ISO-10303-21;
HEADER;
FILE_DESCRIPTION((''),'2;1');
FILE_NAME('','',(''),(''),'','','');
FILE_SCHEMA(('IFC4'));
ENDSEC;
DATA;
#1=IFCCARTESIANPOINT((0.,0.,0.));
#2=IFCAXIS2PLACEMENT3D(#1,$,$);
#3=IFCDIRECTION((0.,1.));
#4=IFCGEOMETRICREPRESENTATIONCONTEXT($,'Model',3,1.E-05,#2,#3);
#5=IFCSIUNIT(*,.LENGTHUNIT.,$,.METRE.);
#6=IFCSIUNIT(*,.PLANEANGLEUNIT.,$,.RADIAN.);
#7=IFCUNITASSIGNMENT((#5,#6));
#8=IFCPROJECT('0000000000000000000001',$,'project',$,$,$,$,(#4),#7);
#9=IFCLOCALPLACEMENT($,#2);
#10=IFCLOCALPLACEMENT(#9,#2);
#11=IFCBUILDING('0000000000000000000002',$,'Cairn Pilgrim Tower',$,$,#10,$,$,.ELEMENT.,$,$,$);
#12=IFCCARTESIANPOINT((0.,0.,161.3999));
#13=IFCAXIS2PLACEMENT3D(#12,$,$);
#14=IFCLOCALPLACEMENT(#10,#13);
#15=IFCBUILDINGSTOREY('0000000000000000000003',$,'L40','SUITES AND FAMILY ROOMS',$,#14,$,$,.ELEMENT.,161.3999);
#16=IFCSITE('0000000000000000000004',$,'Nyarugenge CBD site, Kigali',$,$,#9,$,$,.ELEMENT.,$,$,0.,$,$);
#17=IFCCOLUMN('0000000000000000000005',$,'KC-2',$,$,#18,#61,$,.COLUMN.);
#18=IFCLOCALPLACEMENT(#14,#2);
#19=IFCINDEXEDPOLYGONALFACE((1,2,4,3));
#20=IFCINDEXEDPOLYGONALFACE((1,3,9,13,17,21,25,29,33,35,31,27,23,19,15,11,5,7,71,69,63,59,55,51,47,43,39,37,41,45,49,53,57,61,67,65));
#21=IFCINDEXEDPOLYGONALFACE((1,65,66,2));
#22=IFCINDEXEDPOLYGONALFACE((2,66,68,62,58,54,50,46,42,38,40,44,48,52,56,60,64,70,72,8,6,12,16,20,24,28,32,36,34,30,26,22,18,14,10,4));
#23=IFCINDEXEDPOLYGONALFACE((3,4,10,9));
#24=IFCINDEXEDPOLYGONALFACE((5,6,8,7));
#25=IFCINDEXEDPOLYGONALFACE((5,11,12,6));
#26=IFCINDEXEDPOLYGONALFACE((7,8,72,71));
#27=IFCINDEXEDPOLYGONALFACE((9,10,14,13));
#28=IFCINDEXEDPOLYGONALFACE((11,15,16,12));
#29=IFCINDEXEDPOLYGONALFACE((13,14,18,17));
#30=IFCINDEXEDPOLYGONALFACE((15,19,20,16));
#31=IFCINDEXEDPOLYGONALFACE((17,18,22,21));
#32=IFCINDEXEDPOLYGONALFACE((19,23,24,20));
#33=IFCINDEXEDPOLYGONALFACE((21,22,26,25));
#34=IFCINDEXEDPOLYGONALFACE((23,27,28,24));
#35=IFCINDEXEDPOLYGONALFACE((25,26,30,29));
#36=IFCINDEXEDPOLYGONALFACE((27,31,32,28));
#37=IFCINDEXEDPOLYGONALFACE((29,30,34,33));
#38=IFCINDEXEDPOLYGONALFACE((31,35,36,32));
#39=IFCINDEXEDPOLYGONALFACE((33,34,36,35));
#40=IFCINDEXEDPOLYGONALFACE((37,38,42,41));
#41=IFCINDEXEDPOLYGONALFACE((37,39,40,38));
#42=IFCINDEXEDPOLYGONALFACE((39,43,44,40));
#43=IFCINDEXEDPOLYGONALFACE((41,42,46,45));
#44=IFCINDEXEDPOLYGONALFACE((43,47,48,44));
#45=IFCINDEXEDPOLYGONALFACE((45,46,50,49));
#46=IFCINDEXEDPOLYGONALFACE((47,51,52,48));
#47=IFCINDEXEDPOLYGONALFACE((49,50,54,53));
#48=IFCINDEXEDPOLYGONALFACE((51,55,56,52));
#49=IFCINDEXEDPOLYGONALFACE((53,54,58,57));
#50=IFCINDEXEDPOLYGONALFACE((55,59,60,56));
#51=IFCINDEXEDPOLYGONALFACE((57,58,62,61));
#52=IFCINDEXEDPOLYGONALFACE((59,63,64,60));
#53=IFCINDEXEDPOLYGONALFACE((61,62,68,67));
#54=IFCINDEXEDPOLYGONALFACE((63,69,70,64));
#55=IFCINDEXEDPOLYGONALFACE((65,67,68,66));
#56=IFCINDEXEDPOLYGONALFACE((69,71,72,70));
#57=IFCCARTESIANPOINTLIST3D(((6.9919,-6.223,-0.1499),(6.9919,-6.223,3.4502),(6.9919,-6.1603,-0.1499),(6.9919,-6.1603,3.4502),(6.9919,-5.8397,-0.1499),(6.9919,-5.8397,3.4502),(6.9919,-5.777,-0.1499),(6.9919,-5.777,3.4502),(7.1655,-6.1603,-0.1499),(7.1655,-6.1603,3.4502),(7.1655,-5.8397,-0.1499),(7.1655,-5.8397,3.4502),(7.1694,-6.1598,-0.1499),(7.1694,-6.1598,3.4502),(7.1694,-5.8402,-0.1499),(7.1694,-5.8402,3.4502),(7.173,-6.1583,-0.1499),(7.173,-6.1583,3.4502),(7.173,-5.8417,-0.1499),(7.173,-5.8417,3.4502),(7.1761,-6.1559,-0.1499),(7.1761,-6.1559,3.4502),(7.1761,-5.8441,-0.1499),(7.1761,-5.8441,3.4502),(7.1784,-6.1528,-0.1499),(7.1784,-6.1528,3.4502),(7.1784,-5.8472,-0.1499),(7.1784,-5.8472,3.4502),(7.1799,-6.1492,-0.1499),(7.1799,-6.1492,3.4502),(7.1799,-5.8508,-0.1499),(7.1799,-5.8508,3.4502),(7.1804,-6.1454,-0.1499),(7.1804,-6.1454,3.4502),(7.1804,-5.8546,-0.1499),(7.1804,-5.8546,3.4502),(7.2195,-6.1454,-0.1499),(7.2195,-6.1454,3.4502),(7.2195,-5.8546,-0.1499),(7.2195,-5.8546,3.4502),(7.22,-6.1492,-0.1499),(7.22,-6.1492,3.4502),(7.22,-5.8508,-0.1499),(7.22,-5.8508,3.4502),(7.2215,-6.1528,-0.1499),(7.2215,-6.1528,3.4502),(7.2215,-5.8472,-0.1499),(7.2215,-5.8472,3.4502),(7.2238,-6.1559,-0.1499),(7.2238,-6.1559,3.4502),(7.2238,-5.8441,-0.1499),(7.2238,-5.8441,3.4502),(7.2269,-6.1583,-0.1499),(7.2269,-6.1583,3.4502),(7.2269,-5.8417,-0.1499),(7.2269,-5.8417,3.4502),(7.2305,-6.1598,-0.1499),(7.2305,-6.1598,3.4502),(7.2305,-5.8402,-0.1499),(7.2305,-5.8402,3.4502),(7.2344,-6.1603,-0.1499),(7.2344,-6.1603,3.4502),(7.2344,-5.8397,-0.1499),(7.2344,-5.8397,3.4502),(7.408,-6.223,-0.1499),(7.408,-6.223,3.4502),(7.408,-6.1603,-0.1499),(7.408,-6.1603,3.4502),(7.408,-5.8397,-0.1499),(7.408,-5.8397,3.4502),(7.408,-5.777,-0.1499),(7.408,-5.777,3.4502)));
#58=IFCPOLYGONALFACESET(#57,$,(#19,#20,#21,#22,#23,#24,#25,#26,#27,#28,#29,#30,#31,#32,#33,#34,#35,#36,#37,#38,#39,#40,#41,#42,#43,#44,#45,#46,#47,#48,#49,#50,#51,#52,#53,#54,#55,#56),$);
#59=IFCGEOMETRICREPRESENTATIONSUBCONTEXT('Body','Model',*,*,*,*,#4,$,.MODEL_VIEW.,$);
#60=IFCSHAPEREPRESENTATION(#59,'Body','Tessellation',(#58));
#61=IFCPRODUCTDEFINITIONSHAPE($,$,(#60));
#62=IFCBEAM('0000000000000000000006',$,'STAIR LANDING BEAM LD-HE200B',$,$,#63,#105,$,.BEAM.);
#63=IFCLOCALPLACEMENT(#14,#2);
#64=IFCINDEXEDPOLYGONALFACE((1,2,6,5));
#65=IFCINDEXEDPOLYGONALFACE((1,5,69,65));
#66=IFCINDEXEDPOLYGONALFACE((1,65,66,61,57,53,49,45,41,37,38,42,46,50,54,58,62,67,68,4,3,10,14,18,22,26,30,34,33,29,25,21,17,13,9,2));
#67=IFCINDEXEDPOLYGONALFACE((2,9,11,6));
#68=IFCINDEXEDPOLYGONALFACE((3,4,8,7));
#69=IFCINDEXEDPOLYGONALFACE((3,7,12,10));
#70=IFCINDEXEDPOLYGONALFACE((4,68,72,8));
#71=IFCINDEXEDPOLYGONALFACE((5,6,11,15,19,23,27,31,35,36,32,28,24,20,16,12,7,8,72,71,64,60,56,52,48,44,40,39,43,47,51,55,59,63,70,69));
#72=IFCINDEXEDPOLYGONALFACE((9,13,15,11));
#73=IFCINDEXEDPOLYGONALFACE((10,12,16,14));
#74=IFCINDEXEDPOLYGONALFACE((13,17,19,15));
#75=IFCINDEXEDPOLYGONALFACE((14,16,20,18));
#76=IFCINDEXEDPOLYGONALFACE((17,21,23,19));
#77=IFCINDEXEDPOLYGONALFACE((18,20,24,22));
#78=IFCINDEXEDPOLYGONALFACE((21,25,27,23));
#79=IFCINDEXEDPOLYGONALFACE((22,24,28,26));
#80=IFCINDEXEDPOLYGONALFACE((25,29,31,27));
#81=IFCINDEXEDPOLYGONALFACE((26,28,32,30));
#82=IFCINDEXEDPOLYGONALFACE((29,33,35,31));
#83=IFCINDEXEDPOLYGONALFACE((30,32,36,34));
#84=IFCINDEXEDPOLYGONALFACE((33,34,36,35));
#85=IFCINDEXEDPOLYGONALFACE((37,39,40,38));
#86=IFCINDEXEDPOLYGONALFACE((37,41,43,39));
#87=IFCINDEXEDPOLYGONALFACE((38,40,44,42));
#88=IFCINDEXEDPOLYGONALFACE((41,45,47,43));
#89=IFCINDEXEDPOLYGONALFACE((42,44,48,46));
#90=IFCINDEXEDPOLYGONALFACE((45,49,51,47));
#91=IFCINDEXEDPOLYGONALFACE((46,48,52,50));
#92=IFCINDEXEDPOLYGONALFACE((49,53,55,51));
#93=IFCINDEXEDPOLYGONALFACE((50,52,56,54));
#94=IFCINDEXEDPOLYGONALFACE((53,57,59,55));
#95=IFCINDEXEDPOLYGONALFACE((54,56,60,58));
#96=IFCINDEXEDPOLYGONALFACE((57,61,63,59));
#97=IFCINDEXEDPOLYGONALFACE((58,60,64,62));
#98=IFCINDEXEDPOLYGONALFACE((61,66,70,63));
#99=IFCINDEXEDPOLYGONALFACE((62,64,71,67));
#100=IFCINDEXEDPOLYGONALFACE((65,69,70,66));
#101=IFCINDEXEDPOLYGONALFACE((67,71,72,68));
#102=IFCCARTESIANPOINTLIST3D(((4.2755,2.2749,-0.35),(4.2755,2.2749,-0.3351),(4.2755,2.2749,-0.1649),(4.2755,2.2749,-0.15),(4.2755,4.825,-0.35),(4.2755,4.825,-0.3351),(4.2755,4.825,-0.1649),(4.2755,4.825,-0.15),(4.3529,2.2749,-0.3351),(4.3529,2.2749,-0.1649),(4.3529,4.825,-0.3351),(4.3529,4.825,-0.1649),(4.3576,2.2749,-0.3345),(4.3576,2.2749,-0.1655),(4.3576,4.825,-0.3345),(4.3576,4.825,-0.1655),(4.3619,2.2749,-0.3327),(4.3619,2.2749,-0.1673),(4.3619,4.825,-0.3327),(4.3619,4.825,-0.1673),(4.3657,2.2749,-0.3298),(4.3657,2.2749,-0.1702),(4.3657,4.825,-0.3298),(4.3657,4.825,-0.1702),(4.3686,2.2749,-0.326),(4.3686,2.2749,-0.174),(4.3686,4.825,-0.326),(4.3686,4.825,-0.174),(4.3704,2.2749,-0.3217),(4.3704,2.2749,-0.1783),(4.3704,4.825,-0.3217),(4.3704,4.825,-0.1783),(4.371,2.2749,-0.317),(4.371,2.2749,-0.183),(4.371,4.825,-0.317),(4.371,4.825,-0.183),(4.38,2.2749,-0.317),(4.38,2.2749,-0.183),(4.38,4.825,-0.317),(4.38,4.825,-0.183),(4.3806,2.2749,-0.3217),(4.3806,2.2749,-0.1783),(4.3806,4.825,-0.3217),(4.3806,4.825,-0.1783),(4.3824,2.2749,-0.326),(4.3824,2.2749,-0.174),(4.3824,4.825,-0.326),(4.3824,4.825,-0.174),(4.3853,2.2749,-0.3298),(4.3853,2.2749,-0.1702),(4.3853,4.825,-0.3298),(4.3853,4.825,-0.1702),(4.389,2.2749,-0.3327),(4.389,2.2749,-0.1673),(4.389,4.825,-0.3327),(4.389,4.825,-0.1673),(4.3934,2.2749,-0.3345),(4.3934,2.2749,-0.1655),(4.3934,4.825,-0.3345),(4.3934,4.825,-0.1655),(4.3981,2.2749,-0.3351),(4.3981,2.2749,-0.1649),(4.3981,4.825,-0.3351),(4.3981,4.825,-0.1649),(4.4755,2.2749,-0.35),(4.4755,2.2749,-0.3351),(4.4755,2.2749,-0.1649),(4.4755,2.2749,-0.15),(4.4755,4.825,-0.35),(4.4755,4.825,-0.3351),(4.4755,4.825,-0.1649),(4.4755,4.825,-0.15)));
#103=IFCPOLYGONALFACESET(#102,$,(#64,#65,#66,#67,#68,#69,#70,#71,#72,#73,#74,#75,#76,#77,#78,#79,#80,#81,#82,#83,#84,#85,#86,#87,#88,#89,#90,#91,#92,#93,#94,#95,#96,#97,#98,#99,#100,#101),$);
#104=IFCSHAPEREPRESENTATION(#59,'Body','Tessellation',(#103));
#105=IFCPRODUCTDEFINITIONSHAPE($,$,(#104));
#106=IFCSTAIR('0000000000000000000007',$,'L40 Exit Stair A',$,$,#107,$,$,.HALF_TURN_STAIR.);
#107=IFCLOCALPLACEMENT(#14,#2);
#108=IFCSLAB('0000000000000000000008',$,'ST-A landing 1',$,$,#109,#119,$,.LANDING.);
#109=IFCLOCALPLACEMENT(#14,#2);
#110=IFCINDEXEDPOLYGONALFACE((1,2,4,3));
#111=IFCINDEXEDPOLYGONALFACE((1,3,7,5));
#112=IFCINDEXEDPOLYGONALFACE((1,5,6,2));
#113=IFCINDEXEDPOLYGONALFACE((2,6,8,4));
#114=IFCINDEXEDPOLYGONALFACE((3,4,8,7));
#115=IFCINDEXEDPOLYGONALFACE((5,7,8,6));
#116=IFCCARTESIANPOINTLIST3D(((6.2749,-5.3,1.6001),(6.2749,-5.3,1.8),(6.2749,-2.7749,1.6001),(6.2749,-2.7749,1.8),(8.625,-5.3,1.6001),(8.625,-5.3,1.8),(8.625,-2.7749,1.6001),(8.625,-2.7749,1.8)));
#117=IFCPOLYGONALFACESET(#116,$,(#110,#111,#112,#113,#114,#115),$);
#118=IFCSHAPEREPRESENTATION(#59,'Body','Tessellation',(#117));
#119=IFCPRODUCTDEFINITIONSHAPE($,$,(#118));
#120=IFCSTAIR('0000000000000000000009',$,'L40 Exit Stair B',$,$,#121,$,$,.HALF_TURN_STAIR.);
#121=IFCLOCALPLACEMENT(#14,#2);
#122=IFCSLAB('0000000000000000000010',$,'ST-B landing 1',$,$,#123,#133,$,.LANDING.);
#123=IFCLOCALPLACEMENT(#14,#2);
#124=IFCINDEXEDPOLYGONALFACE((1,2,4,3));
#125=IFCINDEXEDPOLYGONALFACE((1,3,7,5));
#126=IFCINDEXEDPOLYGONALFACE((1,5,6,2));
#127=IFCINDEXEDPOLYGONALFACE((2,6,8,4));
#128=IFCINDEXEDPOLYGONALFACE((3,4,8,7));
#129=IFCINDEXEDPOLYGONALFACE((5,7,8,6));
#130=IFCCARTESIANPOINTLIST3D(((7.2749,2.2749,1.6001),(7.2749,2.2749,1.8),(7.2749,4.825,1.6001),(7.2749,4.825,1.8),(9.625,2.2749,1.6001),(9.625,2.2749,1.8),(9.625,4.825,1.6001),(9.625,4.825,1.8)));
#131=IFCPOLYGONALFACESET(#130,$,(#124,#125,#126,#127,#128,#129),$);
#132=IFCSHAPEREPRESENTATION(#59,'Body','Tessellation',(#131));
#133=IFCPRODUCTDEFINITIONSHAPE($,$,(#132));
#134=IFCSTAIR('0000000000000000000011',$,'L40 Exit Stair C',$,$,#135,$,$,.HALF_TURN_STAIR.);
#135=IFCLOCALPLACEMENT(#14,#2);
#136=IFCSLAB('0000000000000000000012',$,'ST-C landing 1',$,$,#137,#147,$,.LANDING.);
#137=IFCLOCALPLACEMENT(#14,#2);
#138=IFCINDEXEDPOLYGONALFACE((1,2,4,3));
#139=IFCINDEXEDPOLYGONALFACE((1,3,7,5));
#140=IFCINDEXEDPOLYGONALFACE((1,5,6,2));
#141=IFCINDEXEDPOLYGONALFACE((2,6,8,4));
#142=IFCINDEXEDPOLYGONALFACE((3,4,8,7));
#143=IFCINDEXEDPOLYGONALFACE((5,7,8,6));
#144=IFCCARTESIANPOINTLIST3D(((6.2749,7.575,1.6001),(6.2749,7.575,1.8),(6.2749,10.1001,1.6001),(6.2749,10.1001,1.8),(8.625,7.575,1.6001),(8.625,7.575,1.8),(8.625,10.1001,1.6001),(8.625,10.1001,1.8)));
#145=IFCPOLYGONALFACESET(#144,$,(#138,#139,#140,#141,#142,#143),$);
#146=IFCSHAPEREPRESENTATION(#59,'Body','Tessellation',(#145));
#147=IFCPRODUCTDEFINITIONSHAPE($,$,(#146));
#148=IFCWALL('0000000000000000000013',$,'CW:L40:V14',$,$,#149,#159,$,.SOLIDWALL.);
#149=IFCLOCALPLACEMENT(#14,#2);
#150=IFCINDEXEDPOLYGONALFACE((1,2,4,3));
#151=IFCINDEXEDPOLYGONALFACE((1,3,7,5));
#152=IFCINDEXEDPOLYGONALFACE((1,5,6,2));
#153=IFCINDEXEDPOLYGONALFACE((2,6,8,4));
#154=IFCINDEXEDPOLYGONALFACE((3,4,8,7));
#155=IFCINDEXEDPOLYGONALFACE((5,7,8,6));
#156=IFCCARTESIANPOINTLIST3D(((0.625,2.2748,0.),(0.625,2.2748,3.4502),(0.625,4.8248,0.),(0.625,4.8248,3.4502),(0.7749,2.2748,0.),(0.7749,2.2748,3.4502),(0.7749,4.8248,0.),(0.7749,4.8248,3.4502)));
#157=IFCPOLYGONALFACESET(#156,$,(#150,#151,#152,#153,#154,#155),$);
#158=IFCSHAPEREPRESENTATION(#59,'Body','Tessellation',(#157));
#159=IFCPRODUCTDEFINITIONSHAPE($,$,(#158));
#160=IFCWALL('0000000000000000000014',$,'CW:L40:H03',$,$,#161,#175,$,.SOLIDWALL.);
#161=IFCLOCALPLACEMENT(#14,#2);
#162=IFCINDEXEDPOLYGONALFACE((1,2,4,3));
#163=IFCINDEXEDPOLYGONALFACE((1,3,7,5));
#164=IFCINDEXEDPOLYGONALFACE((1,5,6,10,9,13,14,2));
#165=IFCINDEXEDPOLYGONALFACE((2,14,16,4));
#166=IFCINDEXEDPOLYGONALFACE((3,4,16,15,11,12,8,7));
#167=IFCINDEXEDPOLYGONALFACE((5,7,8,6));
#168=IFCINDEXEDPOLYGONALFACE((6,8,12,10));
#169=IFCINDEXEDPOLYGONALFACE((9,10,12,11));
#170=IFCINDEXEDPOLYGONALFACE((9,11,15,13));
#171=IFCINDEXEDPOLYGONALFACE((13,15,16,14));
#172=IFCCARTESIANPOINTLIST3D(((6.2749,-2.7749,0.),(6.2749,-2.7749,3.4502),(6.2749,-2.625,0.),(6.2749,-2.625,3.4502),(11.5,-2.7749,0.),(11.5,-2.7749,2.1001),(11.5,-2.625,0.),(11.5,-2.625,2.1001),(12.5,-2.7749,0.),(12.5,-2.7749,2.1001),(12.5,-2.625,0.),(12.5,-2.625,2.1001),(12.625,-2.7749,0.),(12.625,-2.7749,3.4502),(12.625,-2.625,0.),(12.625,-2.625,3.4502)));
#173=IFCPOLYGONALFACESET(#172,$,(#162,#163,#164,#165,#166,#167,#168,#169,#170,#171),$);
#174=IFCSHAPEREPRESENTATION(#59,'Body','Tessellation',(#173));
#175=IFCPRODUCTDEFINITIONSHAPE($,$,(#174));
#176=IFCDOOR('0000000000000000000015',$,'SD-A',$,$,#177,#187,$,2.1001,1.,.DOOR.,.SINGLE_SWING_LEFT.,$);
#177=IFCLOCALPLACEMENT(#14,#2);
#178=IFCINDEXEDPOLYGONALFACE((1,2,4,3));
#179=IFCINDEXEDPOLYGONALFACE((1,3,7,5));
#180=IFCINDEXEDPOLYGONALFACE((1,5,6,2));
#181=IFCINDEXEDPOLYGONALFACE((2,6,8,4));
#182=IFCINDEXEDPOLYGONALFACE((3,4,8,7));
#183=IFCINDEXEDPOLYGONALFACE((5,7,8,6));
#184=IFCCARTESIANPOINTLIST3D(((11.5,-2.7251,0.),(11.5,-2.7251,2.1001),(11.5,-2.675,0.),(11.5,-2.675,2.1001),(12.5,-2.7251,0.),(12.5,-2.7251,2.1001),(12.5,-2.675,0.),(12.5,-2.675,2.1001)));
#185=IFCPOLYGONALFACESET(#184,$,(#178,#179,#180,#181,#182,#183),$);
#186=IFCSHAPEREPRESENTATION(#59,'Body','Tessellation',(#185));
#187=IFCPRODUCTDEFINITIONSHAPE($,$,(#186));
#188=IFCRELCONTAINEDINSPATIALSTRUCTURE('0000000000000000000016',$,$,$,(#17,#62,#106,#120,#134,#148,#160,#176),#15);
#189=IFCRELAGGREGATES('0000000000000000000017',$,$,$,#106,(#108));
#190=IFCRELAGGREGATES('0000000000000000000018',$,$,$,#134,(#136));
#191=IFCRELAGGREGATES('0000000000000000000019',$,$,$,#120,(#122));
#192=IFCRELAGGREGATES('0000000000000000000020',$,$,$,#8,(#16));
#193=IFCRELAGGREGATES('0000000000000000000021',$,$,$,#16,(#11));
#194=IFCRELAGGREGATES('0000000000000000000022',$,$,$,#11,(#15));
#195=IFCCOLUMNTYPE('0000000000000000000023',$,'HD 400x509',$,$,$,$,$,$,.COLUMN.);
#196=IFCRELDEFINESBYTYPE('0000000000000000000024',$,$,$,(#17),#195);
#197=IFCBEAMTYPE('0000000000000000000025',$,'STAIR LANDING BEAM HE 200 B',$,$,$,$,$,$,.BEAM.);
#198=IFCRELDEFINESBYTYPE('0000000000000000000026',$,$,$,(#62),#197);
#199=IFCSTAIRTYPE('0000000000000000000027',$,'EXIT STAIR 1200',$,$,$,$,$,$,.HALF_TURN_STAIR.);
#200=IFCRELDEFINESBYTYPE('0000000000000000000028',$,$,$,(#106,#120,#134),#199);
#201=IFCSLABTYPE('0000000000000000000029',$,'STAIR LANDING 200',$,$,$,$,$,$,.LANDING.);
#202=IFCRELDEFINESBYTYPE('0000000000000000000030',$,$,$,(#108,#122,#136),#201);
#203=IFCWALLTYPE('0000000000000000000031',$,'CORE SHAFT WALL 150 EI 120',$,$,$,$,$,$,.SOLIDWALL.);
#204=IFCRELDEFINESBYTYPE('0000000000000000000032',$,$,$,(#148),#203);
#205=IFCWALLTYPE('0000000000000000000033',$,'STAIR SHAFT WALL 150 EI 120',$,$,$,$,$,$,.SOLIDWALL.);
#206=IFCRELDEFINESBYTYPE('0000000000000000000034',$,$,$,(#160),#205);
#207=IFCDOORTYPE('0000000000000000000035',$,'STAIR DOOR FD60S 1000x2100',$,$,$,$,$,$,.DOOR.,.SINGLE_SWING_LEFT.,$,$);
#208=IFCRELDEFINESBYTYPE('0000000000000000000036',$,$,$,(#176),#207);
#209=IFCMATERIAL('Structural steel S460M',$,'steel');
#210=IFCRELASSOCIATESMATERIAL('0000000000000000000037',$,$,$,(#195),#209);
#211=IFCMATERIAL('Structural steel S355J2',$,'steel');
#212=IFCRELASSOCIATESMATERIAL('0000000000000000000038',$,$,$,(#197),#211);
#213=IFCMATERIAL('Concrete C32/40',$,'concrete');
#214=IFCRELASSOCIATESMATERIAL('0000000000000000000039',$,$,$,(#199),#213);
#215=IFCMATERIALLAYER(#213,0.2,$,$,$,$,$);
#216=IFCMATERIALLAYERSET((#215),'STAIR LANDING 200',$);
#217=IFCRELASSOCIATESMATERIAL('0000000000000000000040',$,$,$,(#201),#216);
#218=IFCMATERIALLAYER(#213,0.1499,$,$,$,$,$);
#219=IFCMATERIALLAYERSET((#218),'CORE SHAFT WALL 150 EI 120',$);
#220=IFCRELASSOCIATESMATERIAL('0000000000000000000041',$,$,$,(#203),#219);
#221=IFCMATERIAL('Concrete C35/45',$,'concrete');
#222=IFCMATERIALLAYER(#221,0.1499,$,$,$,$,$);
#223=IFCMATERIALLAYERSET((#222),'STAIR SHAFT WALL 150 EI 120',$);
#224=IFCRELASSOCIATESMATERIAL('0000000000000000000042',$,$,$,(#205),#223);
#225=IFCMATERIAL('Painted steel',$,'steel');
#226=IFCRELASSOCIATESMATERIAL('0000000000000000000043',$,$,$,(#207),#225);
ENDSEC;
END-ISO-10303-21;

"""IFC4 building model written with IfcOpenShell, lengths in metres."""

from ifc_helpers import new_model, si_unit, direction, frame, frame_2d, origin, origin_2d, place, context, subcontext, project, spatial, polyline, rectangle, i_section, outline, extrude, material, layer, layer_set, material_profile, profile_set, type_object, element, fill, aggregate, save


model = new_model("IFC4")

# Units and contexts
model_context = context("Model", 3, precision=1e-05, world=origin(), true_north=direction((0.0, 1.0)))
body_context = subcontext(model_context, "Body", "Model", "MODEL_VIEW")
ifc_project = project(units=[si_unit("LENGTHUNIT", "METRE"), si_unit("PLANEANGLEUNIT", "RADIAN")], contexts=[model_context])

# Site, building, storey
site_placement = place(None, origin())
site = spatial("IfcSite", under=ifc_project, at=site_placement, Name="Nyarugenge CBD site, Kigali", CompositionType="ELEMENT", RefElevation=0.0)
building_placement = place(site_placement, origin())
building = spatial("IfcBuilding", under=site, at=building_placement, Name="Cairn Pilgrim Tower", CompositionType="ELEMENT")
storey_placement = place(building_placement, frame((0.0, 0.0, 161.3999)))
storey = spatial("IfcBuildingStorey", under=building, at=storey_placement, Name="L40", Description="SUITES AND FAMILY ROOMS", CompositionType="ELEMENT", Elevation=161.3999)

# Column
ifc_material_1 = material(Name="Structural steel S460M", Category="steel")
ifc_material_profile_1 = material_profile(ifc_material_1, i_section(OverallWidth=0.416, OverallDepth=0.446, WebThickness=0.0391, FlangeThickness=0.0627, FilletRadius=0.0149, at=origin_2d()), Name="HD 400x509")
ifc_profile_set_1 = profile_set([ifc_material_profile_1], Name="Structural steel S460M")
column_type = type_object("IfcColumnType", Name="HD 400x509", PredefinedType="COLUMN", material=ifc_profile_set_1)
column_placement = place(storey_placement, frame((7.2, -6.0, -0.1499), z_axis=(0.0, 0.0, 1.0), x_axis=(1.0, 0.0, 0.0)))
element("IfcColumn", 1, at=column_placement, inside=storey, type_object=column_type, Name="KC-2", PredefinedType="COLUMN", context=body_context, shape_type="SweptSolid", body=[
    extrude(i_section(OverallWidth=0.416, OverallDepth=0.446, WebThickness=0.0391, FlangeThickness=0.0627, FilletRadius=0.0149, at=origin_2d()), origin(), (0.0, 0.0, 1.0), 3.6001),
])

# Beam
ifc_material_2 = material(Name="Structural steel S355J2", Category="steel")
ifc_material_profile_2 = material_profile(ifc_material_2, i_section(OverallWidth=0.2, OverallDepth=0.2, WebThickness=0.009, FlangeThickness=0.0149, FilletRadius=0.0181, at=origin_2d()), Name="HE 200 B")
ifc_profile_set_2 = profile_set([ifc_material_profile_2], Name="Structural steel S355J2")
beam_type = type_object("IfcBeamType", Name="STAIR LANDING BEAM HE 200 B", PredefinedType="BEAM", material=ifc_profile_set_2)
beam_placement = place(storey_placement, frame((4.3755, 2.2749, -0.25), z_axis=(0.0, 1.0, 0.0), x_axis=(-1.0, 0.0, 0.0)))
element("IfcBeam", 2, at=beam_placement, inside=storey, type_object=beam_type, Name="STAIR LANDING BEAM LD-HE200B", PredefinedType="BEAM", context=body_context, shape_type="SweptSolid", body=[
    extrude(i_section(OverallWidth=0.2, OverallDepth=0.2, WebThickness=0.009, FlangeThickness=0.0149, FilletRadius=0.0181, at=origin_2d()), origin(), (0.0, 0.0, 1.0), 2.55),
])

# Stairs, slabs
ifc_material_3 = material(Name="Concrete C32/40", Category="concrete")
stair_type = type_object("IfcStairType", Name="EXIT STAIR 1200", PredefinedType="HALF_TURN_STAIR", material=ifc_material_3)
stair_1_placement = place(storey_placement, origin())
stair_1 = element("IfcStair", 3, at=stair_1_placement, inside=storey, type_object=stair_type, Name="L40 Exit Stair A", PredefinedType="HALF_TURN_STAIR")
ifc_layer_1 = layer(ifc_material_3, 0.2)
ifc_layer_set_1 = layer_set([ifc_layer_1], Name="STAIR LANDING 200")
slab_type = type_object("IfcSlabType", Name="STAIR LANDING 200", PredefinedType="LANDING", material=ifc_layer_set_1)
slab_1_placement = place(storey_placement, frame((0.0, 0.0, 1.6001)))
slab_1 = element("IfcSlab", 4, at=slab_1_placement, type_object=slab_type, Name="ST-A landing 1", PredefinedType="LANDING", context=body_context, shape_type="SweptSolid", body=[
    extrude(outline(polyline([(8.625, -2.7749), (6.2749, -2.7749), (6.2749, -5.3), (8.625, -5.3), (8.625, -2.7749)])), origin(), (0.0, 0.0, 1.0), 0.2),
])
aggregate(stair_1, [slab_1])
stair_2_placement = place(storey_placement, origin())
stair_2 = element("IfcStair", 5, at=stair_2_placement, inside=storey, type_object=stair_type, Name="L40 Exit Stair B", PredefinedType="HALF_TURN_STAIR")
slab_2_placement = place(storey_placement, frame((0.0, 0.0, 1.6001)))
slab_2 = element("IfcSlab", 6, at=slab_2_placement, type_object=slab_type, Name="ST-B landing 1", PredefinedType="LANDING", context=body_context, shape_type="SweptSolid", body=[
    extrude(outline(polyline([(7.2749, 2.2749), (9.625, 2.2749), (9.625, 4.825), (7.2749, 4.825), (7.2749, 2.2749)])), origin(), (0.0, 0.0, 1.0), 0.2),
])
stair_3_placement = place(storey_placement, origin())
stair_3 = element("IfcStair", 7, at=stair_3_placement, inside=storey, type_object=stair_type, Name="L40 Exit Stair C", PredefinedType="HALF_TURN_STAIR")
slab_3_placement = place(storey_placement, frame((0.0, 0.0, 1.6001)))
slab_3 = element("IfcSlab", 8, at=slab_3_placement, type_object=slab_type, Name="ST-C landing 1", PredefinedType="LANDING", context=body_context, shape_type="SweptSolid", body=[
    extrude(outline(polyline([(8.625, 10.1001), (6.2749, 10.1001), (6.2749, 7.575), (8.625, 7.575), (8.625, 10.1001)])), origin(), (0.0, 0.0, 1.0), 0.2),
])
aggregate(stair_3, [slab_3])

# Wall
ifc_layer_2 = layer(ifc_material_3, 0.1499)
ifc_layer_set_2 = layer_set([ifc_layer_2], Name="CORE SHAFT WALL 150 EI 120")
wall_type_1 = type_object("IfcWallType", Name="CORE SHAFT WALL 150 EI 120", PredefinedType="SOLIDWALL", material=ifc_layer_set_2)
wall_1_placement = place(storey_placement, frame((0.7, 2.2749, 0.0), z_axis=(0.0, 0.0, 1.0), x_axis=(0.0, 1.0, 0.0)))
element("IfcWall", 9, at=wall_1_placement, inside=storey, type_object=wall_type_1, Name="CW:L40:V14", PredefinedType="SOLIDWALL", context=body_context, shape_type="SweptSolid", body=[
    extrude(rectangle(XDim=2.55, YDim=0.1499, at=frame_2d((1.2749, 0.0))), origin(), (0.0, 0.0, 1.0), 3.4502),
])

# Wall, opening, door
ifc_material_4 = material(Name="Concrete C35/45", Category="concrete")
ifc_layer_3 = layer(ifc_material_4, 0.1499)
ifc_layer_set_3 = layer_set([ifc_layer_3], Name="STAIR SHAFT WALL 150 EI 120")
wall_type_2 = type_object("IfcWallType", Name="STAIR SHAFT WALL 150 EI 120", PredefinedType="SOLIDWALL", material=ifc_layer_set_3)
wall_2_placement = place(storey_placement, frame((6.2749, -2.7, 0.0), z_axis=(0.0, 0.0, 1.0), x_axis=(1.0, 0.0, 0.0)))
wall_2 = element("IfcWall", 10, at=wall_2_placement, inside=storey, type_object=wall_type_2, Name="CW:L40:H03", PredefinedType="SOLIDWALL", context=body_context, shape_type="SweptSolid", body=[
    extrude(rectangle(XDim=6.3501, YDim=0.1499, at=frame_2d((3.175, 0.0))), origin(), (0.0, 0.0, 1.0), 3.4502),
])
opening_placement = place(wall_2_placement, frame((5.2251, 0.0, 0.0)))
opening = element("IfcOpeningElement", 11, at=opening_placement, cuts=wall_2, PredefinedType="OPENING", context=body_context, shape_type="SweptSolid", body=[
    extrude(rectangle(XDim=1.0, YDim=2.1001, at=frame_2d((0.5, 1.05))), frame((0.0, 0.085, 0.0), z_axis=(0.0, -1.0, 0.0), x_axis=(1.0, 0.0, 0.0)), (0.0, 0.0, 1.0), 0.1699),
])
ifc_material_5 = material(Name="Painted steel", Category="steel")
door_type = type_object("IfcDoorType", Name="STAIR DOOR FD60S 1000x2100", OperationType="SINGLE_SWING_LEFT", PredefinedType="DOOR", material=ifc_material_5)
door_placement = place(opening_placement, origin())
door = element("IfcDoor", 12, at=door_placement, inside=storey, type_object=door_type, Name="SD-A", OperationType="SINGLE_SWING_LEFT", OverallHeight=2.1001, OverallWidth=1.0, PredefinedType="DOOR", context=body_context, shape_type="SweptSolid", body=[
    extrude(rectangle(XDim=1.0, YDim=2.1001, at=frame_2d((0.5, 1.05))), frame((0.0, 0.0249, 0.0), z_axis=(0.0, -1.0, 0.0), x_axis=(1.0, 0.0, 0.0)), (0.0, 0.0, 1.0), 0.05),
])
fill(opening, door)

aggregate(stair_2, [slab_2])

save(model, "model.ifc")
